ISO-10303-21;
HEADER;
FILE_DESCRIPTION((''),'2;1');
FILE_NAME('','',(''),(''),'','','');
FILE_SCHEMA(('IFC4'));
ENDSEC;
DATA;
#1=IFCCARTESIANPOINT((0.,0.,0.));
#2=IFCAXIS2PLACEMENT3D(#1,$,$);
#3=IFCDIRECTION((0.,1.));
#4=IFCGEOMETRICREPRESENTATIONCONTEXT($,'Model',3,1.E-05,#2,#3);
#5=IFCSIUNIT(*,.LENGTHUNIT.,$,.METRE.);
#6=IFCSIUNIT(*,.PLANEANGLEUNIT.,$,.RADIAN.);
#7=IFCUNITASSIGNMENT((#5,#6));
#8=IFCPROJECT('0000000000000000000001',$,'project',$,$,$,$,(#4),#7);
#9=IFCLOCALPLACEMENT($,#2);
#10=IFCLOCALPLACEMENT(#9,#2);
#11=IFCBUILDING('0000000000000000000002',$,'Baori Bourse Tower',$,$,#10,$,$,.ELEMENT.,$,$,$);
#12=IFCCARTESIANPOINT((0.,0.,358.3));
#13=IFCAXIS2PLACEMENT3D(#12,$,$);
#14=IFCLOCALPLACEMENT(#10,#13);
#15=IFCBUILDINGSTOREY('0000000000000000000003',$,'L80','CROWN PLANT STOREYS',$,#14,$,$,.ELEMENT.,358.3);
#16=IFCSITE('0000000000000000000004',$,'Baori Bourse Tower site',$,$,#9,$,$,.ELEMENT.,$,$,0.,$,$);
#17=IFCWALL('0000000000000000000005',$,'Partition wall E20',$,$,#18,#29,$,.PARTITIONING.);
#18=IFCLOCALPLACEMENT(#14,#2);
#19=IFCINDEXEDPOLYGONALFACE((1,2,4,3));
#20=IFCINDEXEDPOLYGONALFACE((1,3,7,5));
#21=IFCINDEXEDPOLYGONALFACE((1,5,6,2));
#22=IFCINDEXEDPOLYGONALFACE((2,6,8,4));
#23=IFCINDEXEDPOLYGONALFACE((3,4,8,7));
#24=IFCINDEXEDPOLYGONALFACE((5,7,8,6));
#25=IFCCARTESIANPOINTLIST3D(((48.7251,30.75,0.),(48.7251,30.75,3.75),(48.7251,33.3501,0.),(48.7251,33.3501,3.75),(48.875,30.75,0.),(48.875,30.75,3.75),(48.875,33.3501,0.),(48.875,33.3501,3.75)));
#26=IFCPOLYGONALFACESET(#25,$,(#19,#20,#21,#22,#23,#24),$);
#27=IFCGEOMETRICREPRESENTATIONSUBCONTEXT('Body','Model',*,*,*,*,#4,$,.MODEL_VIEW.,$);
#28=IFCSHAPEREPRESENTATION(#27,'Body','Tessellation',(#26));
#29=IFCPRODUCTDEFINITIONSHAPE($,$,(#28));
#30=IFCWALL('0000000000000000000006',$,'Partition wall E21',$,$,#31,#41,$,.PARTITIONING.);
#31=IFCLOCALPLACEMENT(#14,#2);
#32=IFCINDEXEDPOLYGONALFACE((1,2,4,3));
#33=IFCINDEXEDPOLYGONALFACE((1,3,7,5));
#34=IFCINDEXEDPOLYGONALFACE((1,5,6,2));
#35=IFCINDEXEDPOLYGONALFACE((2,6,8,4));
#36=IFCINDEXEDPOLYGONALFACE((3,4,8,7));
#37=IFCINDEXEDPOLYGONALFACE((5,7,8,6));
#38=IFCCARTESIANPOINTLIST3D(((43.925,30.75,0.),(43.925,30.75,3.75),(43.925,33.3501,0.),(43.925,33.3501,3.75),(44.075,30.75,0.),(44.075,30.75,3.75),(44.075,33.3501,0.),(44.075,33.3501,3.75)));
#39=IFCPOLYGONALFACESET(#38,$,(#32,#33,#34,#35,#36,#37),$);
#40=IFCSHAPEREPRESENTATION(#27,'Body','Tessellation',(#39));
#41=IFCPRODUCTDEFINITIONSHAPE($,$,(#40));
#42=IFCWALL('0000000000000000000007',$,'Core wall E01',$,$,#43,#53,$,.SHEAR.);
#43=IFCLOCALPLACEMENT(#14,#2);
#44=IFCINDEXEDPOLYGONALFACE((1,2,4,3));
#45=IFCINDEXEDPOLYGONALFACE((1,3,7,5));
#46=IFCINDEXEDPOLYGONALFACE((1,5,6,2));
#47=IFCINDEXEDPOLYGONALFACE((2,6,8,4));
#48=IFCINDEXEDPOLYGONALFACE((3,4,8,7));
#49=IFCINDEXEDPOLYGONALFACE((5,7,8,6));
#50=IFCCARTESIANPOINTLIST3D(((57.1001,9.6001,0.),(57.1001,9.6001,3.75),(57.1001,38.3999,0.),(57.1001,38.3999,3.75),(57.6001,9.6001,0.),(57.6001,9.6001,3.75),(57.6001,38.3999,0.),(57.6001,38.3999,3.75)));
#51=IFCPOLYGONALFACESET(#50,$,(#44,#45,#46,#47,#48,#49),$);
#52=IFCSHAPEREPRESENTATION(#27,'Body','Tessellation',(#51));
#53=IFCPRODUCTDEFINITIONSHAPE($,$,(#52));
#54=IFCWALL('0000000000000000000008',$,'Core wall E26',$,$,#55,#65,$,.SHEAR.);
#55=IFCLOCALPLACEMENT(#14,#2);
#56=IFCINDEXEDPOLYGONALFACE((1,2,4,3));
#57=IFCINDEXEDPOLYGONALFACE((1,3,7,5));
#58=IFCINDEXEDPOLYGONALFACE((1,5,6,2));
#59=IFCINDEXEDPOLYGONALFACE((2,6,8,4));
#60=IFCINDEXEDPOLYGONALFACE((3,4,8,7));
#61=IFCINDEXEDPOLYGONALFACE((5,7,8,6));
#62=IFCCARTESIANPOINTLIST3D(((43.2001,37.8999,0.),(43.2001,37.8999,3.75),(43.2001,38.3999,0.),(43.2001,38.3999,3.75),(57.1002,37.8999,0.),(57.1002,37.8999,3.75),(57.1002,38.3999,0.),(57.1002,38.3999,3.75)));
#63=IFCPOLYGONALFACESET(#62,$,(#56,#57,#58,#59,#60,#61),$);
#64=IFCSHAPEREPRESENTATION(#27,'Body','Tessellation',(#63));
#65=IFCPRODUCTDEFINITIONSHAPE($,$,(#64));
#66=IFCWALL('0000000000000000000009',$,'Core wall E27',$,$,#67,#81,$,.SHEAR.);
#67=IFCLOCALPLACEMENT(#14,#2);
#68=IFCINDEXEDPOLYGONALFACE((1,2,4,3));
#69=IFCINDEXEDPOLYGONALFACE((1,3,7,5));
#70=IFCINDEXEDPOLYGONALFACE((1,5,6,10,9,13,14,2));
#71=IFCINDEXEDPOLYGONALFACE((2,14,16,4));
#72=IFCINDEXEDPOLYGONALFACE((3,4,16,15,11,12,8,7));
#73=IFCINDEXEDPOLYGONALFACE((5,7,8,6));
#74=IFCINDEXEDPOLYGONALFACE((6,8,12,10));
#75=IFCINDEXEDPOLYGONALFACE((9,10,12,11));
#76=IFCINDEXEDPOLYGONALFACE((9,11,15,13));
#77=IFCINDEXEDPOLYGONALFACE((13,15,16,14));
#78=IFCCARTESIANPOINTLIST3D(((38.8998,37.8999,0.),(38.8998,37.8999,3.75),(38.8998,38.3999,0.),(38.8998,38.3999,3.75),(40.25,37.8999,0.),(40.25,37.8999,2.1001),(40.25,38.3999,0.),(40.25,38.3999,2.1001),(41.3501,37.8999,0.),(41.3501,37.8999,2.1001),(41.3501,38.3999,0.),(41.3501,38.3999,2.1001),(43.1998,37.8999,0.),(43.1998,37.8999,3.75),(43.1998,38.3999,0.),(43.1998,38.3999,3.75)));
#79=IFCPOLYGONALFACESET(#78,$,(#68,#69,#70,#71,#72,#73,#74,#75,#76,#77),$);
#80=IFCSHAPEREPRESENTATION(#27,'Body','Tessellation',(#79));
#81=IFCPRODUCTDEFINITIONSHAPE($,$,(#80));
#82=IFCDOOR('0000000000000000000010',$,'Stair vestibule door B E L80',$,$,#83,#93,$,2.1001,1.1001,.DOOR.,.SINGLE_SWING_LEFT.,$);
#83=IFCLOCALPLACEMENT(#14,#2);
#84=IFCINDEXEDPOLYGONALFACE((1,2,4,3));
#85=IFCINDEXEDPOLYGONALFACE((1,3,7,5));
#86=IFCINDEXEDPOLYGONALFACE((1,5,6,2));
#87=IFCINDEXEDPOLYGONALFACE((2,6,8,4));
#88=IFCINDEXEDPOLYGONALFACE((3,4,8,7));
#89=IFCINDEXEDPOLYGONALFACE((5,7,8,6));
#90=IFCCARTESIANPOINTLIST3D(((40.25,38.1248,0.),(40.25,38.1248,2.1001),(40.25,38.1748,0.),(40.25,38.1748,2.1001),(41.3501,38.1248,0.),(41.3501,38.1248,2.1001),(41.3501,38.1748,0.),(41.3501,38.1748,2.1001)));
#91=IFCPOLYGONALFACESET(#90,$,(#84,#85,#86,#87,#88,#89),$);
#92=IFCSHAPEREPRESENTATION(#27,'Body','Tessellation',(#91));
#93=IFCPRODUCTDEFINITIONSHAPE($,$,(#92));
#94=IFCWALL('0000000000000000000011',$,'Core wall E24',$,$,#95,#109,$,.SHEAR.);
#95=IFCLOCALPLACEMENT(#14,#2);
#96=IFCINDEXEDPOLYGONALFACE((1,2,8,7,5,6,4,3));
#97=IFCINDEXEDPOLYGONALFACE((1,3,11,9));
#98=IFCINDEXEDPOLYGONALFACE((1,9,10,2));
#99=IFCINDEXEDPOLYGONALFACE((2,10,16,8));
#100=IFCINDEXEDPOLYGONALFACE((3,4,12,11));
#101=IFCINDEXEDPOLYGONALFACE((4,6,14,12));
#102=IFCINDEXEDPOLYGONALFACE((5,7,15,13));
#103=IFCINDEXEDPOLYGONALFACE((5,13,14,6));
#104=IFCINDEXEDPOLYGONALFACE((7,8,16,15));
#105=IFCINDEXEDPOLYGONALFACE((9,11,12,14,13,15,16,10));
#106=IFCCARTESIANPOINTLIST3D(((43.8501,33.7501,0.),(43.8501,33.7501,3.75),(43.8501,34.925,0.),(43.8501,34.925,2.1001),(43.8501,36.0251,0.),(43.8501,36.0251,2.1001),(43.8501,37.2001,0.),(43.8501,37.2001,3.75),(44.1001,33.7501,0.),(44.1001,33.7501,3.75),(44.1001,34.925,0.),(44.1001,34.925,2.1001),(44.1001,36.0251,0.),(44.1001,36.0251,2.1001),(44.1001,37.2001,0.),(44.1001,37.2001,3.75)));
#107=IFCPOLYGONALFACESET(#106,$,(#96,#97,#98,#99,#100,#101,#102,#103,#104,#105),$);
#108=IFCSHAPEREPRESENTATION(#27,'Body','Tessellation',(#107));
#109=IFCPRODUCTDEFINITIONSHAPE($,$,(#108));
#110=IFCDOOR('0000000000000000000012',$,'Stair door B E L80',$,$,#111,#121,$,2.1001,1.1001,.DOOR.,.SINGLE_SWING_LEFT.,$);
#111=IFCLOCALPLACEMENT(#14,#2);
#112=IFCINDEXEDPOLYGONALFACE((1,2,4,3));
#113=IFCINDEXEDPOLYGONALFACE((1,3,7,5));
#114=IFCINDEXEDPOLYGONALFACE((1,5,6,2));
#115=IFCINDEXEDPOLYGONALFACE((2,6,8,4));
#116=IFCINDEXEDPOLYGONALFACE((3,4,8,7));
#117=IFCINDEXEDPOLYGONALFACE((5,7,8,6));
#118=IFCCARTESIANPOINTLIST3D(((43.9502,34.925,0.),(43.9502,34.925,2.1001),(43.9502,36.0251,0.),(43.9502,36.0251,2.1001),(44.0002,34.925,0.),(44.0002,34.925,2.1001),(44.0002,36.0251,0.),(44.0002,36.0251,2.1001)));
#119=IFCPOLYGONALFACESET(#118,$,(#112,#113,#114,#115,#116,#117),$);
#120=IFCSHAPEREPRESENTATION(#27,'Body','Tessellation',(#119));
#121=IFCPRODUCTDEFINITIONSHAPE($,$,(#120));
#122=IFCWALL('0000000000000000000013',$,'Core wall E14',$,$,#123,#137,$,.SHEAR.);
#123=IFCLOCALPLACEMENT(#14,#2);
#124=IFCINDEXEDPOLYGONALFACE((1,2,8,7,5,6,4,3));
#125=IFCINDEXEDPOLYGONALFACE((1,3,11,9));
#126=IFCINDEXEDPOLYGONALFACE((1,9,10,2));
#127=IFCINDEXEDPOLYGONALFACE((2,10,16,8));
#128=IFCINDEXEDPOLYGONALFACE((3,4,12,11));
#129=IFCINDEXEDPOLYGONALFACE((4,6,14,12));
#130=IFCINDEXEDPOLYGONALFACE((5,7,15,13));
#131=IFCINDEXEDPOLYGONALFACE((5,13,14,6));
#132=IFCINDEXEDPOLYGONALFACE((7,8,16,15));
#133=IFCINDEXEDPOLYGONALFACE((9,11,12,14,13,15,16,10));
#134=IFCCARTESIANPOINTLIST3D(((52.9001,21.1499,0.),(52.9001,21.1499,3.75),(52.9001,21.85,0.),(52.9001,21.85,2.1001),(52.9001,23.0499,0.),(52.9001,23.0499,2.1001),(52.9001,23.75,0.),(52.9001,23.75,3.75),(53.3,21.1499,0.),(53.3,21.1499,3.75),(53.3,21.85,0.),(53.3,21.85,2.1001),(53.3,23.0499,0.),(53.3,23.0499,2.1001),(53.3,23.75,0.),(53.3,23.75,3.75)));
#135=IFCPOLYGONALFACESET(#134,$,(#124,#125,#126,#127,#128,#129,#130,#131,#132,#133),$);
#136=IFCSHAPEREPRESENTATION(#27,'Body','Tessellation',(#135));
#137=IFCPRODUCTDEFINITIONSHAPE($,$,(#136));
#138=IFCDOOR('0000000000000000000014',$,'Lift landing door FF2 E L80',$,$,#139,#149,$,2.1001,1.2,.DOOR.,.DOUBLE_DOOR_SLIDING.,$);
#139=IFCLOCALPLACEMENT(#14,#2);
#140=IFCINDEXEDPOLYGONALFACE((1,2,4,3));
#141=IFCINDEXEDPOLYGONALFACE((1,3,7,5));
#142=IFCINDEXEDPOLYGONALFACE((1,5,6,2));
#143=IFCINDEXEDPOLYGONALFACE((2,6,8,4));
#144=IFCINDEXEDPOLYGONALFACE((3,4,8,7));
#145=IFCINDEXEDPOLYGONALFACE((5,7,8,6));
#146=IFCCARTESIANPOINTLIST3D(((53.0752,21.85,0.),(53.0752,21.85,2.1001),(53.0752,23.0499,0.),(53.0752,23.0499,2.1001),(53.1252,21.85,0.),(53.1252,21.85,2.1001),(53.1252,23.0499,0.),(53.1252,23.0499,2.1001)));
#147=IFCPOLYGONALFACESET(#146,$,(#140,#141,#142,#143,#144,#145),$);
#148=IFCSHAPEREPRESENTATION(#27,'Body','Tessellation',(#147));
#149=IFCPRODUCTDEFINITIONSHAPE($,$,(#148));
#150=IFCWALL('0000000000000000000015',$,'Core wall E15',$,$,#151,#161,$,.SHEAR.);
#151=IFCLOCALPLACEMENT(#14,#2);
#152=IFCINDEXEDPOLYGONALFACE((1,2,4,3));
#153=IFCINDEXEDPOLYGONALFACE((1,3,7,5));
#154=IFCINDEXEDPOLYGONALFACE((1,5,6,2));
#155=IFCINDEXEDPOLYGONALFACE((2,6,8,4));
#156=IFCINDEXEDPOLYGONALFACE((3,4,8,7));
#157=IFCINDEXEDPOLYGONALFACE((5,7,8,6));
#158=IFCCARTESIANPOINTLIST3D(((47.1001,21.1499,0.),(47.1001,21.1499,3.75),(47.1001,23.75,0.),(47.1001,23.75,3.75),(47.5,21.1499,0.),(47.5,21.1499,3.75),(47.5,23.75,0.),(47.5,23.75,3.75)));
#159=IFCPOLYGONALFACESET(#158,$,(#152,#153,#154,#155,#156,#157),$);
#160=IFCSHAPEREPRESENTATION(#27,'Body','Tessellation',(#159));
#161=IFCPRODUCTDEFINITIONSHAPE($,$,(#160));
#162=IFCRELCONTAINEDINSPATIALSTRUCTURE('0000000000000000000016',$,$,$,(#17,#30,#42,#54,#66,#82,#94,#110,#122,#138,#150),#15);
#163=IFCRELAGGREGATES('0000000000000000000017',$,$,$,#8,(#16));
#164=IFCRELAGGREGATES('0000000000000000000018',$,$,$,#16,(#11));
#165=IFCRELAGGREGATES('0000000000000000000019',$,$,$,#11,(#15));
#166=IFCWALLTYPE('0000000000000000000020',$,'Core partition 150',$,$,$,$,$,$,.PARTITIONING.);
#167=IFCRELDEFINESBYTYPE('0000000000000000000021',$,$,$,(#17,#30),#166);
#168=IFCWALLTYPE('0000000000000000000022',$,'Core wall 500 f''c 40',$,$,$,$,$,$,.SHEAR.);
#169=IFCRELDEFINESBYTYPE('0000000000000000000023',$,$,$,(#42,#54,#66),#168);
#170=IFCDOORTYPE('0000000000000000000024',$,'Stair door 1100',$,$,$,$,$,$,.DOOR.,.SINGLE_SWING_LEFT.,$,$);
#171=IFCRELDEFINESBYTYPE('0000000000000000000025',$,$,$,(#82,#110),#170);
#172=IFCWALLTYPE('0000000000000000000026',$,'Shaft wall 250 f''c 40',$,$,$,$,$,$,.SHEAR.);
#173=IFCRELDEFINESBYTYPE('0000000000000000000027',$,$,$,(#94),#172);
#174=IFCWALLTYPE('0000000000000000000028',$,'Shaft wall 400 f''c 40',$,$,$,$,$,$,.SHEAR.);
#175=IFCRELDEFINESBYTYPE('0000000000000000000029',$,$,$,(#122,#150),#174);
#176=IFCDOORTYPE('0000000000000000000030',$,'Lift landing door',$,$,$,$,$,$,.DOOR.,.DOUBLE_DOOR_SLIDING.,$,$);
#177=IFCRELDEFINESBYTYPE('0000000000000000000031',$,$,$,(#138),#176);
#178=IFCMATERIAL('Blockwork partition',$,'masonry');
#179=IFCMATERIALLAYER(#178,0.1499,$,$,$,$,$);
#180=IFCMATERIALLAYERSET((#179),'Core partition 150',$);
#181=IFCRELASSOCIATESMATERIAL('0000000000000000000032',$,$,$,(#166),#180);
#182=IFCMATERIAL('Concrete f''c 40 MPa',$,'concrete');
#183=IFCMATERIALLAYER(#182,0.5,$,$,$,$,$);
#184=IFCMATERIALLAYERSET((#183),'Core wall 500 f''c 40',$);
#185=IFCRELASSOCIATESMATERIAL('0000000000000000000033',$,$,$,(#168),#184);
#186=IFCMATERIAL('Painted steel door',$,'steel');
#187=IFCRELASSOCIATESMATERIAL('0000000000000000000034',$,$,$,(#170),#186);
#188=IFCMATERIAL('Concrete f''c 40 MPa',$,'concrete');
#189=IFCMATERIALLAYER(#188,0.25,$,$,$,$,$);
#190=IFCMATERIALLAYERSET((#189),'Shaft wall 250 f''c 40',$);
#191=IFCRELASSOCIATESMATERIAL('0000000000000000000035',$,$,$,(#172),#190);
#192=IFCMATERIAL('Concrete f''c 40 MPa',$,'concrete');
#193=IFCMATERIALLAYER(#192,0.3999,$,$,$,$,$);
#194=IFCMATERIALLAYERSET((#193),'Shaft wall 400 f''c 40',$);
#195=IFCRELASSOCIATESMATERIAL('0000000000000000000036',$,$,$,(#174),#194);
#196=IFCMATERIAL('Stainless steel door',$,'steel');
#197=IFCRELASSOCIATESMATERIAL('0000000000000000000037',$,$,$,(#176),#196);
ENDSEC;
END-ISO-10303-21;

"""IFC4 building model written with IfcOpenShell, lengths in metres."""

from ifc_helpers import new_model, si_unit, direction, frame, frame_2d, origin, place, context, subcontext, project, spatial, rectangle, extrude, material, layer, layer_set, type_object, element, fill, save


model = new_model("IFC4")

# Units and contexts
model_context = context("Model", 3, precision=1e-05, world=origin(), true_north=direction((0.0, 1.0)))
body_context = subcontext(model_context, "Body", "Model", "MODEL_VIEW")
ifc_project = project(units=[si_unit("LENGTHUNIT", "METRE"), si_unit("PLANEANGLEUNIT", "RADIAN")], contexts=[model_context])

# Site, building, storey
site_placement = place(None, origin())
site = spatial("IfcSite", under=ifc_project, at=site_placement, Name="Baori Bourse Tower site", CompositionType="ELEMENT", RefElevation=0.0)
building_placement = place(site_placement, origin())
building = spatial("IfcBuilding", under=site, at=building_placement, Name="Baori Bourse Tower", CompositionType="ELEMENT")
storey_placement = place(building_placement, frame((0.0, 0.0, 358.3)))
storey = spatial("IfcBuildingStorey", under=building, at=storey_placement, Name="L80", Description="CROWN PLANT STOREYS", CompositionType="ELEMENT", Elevation=358.3)

# Walls
ifc_material_1 = material(Name="Blockwork partition", Category="masonry")
ifc_layer_1 = layer(ifc_material_1, 0.1499)
ifc_layer_set_1 = layer_set([ifc_layer_1], Name="Core partition 150")
wall_type_1 = type_object("IfcWallType", Name="Core partition 150", PredefinedType="PARTITIONING", material=ifc_layer_set_1)
for number, where, z_axis, x_axis, name in (
    (1, (48.8, 30.75, 0.0), (0.0, 0.0, 1.0), (0.0, 1.0, 0.0), "Partition wall E20"),
    (2, (44.0, 30.75, 0.0), (0.0, 0.0, 1.0), (0.0, 1.0, 0.0), "Partition wall E21"),
):
    element("IfcWall", number, at=place(storey_placement, frame(where, z_axis=z_axis, x_axis=x_axis)), inside=storey, type_object=wall_type_1, Name=name, PredefinedType="PARTITIONING", context=body_context, shape_type="SweptSolid", body=[
        extrude(rectangle(XDim=2.6001, YDim=0.1499, at=frame_2d((1.3, 0.0))), origin(), (0.0, 0.0, 1.0), 3.75),
    ])
ifc_material_2 = material(Name="Concrete f'c 40 MPa", Category="concrete")
ifc_layer_2 = layer(ifc_material_2, 0.5)
ifc_layer_set_2 = layer_set([ifc_layer_2], Name="Core wall 500 f'c 40")
wall_type_2 = type_object("IfcWallType", Name="Core wall 500 f'c 40", PredefinedType="SHEAR", material=ifc_layer_set_2)
wall_1_placement = place(storey_placement, frame((57.3501, 38.3999, 0.0), z_axis=(0.0, 0.0, 1.0), x_axis=(0.0, -1.0, 0.0)))
element("IfcWall", 3, at=wall_1_placement, inside=storey, type_object=wall_type_2, Name="Core wall E01", PredefinedType="SHEAR", context=body_context, shape_type="SweptSolid", body=[
    extrude(rectangle(XDim=28.7998, YDim=0.5, at=frame_2d((14.3999, 0.0))), origin(), (0.0, 0.0, 1.0), 3.75),
])
wall_2_placement = place(storey_placement, frame((43.2, 38.1499, 0.0), z_axis=(0.0, 0.0, 1.0), x_axis=(1.0, 0.0, 0.0)))
element("IfcWall", 4, at=wall_2_placement, inside=storey, type_object=wall_type_2, Name="Core wall E26", PredefinedType="SHEAR", context=body_context, shape_type="SweptSolid", body=[
    extrude(rectangle(XDim=13.9001, YDim=0.5, at=frame_2d((6.9502, 0.0))), origin(), (0.0, 0.0, 1.0), 3.75),
])

# Walls, openings, doors
wall_3_placement = place(storey_placement, frame((38.8999, 38.1499, 0.0), z_axis=(0.0, 0.0, 1.0), x_axis=(1.0, 0.0, 0.0)))
wall_3 = element("IfcWall", 5, at=wall_3_placement, inside=storey, type_object=wall_type_2, Name="Core wall E27", PredefinedType="SHEAR", context=body_context, shape_type="SweptSolid", body=[
    extrude(rectangle(XDim=4.3, YDim=0.5, at=frame_2d((2.1499, 0.0))), origin(), (0.0, 0.0, 1.0), 3.75),
])
opening_1_placement = place(wall_3_placement, frame((1.3501, 0.0, 0.0)))
opening_1 = element("IfcOpeningElement", 6, at=opening_1_placement, cuts=wall_3, PredefinedType="OPENING", context=body_context, shape_type="SweptSolid", body=[
    extrude(rectangle(XDim=1.1001, YDim=2.1001, at=frame_2d((0.55, 1.05))), frame((0.0, 0.26, 0.0), z_axis=(0.0, -1.0, 0.0), x_axis=(1.0, 0.0, 0.0)), (0.0, 0.0, 1.0), 0.52),
])
ifc_material_3 = material(Name="Painted steel door", Category="steel")
door_type_1 = type_object("IfcDoorType", Name="Stair door 1100", OperationType="SINGLE_SWING_LEFT", PredefinedType="DOOR", material=ifc_material_3)
door_1_placement = place(opening_1_placement, origin())
door_1 = element("IfcDoor", 7, at=door_1_placement, inside=storey, type_object=door_type_1, Name="Stair vestibule door B E L80", OperationType="SINGLE_SWING_LEFT", OverallHeight=2.1001, OverallWidth=1.1001, PredefinedType="DOOR", context=body_context, shape_type="SweptSolid", body=[
    extrude(rectangle(XDim=1.1001, YDim=2.1001, at=frame_2d((0.55, 1.05))), frame((0.0, 0.0249, 0.0), z_axis=(0.0, -1.0, 0.0), x_axis=(1.0, 0.0, 0.0)), (0.0, 0.0, 1.0), 0.05),
])
fill(opening_1, door_1)
ifc_material_4 = material(Name="Concrete f'c 40 MPa", Category="concrete")
ifc_layer_3 = layer(ifc_material_4, 0.25)
ifc_layer_set_3 = layer_set([ifc_layer_3], Name="Shaft wall 250 f'c 40")
wall_type_3 = type_object("IfcWallType", Name="Shaft wall 250 f'c 40", PredefinedType="SHEAR", material=ifc_layer_set_3)
wall_4_placement = place(storey_placement, frame((43.9751, 33.75, 0.0), z_axis=(0.0, 0.0, 1.0), x_axis=(0.0, 1.0, 0.0)))
wall_4 = element("IfcWall", 8, at=wall_4_placement, inside=storey, type_object=wall_type_3, Name="Core wall E24", PredefinedType="SHEAR", context=body_context, shape_type="SweptSolid", body=[
    extrude(rectangle(XDim=3.45, YDim=0.25, at=frame_2d((1.7251, 0.0))), origin(), (0.0, 0.0, 1.0), 3.75),
])
opening_2_placement = place(wall_4_placement, frame((1.175, 0.0, 0.0)))
opening_2 = element("IfcOpeningElement", 9, at=opening_2_placement, cuts=wall_4, PredefinedType="OPENING", context=body_context, shape_type="SweptSolid", body=[
    extrude(rectangle(XDim=1.1001, YDim=2.1001, at=frame_2d((0.55, 1.05))), frame((0.0, 0.135, 0.0), z_axis=(0.0, -1.0, 0.0), x_axis=(1.0, 0.0, 0.0)), (0.0, 0.0, 1.0), 0.27),
])
door_2_placement = place(opening_2_placement, origin())
door_2 = element("IfcDoor", 10, at=door_2_placement, inside=storey, type_object=door_type_1, Name="Stair door B E L80", OperationType="SINGLE_SWING_LEFT", OverallHeight=2.1001, OverallWidth=1.1001, PredefinedType="DOOR", context=body_context, shape_type="SweptSolid", body=[
    extrude(rectangle(XDim=1.1001, YDim=2.1001, at=frame_2d((0.55, 1.05))), frame((0.0, 0.0249, 0.0), z_axis=(0.0, -1.0, 0.0), x_axis=(1.0, 0.0, 0.0)), (0.0, 0.0, 1.0), 0.05),
])
fill(opening_2, door_2)
ifc_material_5 = material(Name="Concrete f'c 40 MPa", Category="concrete")
ifc_layer_4 = layer(ifc_material_5, 0.3999)
ifc_layer_set_4 = layer_set([ifc_layer_4], Name="Shaft wall 400 f'c 40")
wall_type_4 = type_object("IfcWallType", Name="Shaft wall 400 f'c 40", PredefinedType="SHEAR", material=ifc_layer_set_4)
wall_5_placement = place(storey_placement, frame((53.1001, 21.1499, 0.0), z_axis=(0.0, 0.0, 1.0), x_axis=(0.0, 1.0, 0.0)))
wall_5 = element("IfcWall", 11, at=wall_5_placement, inside=storey, type_object=wall_type_4, Name="Core wall E14", PredefinedType="SHEAR", context=body_context, shape_type="SweptSolid", body=[
    extrude(rectangle(XDim=2.6001, YDim=0.3999, at=frame_2d((1.3, 0.0))), origin(), (0.0, 0.0, 1.0), 3.75),
])
opening_3_placement = place(wall_5_placement, frame((0.7, 0.0, 0.0)))
opening_3 = element("IfcOpeningElement", 12, at=opening_3_placement, cuts=wall_5, PredefinedType="OPENING", context=body_context, shape_type="SweptSolid", body=[
    extrude(rectangle(XDim=1.2, YDim=2.1001, at=frame_2d((0.6001, 1.05))), frame((0.0, 0.21, 0.0), z_axis=(0.0, -1.0, 0.0), x_axis=(1.0, 0.0, 0.0)), (0.0, 0.0, 1.0), 0.4199),
])
ifc_material_6 = material(Name="Stainless steel door", Category="steel")
door_type_2 = type_object("IfcDoorType", Name="Lift landing door", OperationType="DOUBLE_DOOR_SLIDING", PredefinedType="DOOR", material=ifc_material_6)
door_3_placement = place(opening_3_placement, origin())
door_3 = element("IfcDoor", 13, at=door_3_placement, inside=storey, type_object=door_type_2, Name="Lift landing door FF2 E L80", OperationType="DOUBLE_DOOR_SLIDING", OverallHeight=2.1001, OverallWidth=1.2, PredefinedType="DOOR", context=body_context, shape_type="SweptSolid", body=[
    extrude(rectangle(XDim=1.2, YDim=2.1001, at=frame_2d((0.6001, 1.05))), frame((0.0, 0.0249, 0.0), z_axis=(0.0, -1.0, 0.0), x_axis=(1.0, 0.0, 0.0)), (0.0, 0.0, 1.0), 0.05),
])
fill(opening_3, door_3)

# Wall
wall_6_placement = place(storey_placement, frame((47.3, 21.1499, 0.0), z_axis=(0.0, 0.0, 1.0), x_axis=(0.0, 1.0, 0.0)))
element("IfcWall", 14, at=wall_6_placement, inside=storey, type_object=wall_type_4, Name="Core wall E15", PredefinedType="SHEAR", context=body_context, shape_type="SweptSolid", body=[
    extrude(rectangle(XDim=2.6001, YDim=0.3999, at=frame_2d((1.3, 0.0))), origin(), (0.0, 0.0, 1.0), 3.75),
])

save(model, "model.ifc")
